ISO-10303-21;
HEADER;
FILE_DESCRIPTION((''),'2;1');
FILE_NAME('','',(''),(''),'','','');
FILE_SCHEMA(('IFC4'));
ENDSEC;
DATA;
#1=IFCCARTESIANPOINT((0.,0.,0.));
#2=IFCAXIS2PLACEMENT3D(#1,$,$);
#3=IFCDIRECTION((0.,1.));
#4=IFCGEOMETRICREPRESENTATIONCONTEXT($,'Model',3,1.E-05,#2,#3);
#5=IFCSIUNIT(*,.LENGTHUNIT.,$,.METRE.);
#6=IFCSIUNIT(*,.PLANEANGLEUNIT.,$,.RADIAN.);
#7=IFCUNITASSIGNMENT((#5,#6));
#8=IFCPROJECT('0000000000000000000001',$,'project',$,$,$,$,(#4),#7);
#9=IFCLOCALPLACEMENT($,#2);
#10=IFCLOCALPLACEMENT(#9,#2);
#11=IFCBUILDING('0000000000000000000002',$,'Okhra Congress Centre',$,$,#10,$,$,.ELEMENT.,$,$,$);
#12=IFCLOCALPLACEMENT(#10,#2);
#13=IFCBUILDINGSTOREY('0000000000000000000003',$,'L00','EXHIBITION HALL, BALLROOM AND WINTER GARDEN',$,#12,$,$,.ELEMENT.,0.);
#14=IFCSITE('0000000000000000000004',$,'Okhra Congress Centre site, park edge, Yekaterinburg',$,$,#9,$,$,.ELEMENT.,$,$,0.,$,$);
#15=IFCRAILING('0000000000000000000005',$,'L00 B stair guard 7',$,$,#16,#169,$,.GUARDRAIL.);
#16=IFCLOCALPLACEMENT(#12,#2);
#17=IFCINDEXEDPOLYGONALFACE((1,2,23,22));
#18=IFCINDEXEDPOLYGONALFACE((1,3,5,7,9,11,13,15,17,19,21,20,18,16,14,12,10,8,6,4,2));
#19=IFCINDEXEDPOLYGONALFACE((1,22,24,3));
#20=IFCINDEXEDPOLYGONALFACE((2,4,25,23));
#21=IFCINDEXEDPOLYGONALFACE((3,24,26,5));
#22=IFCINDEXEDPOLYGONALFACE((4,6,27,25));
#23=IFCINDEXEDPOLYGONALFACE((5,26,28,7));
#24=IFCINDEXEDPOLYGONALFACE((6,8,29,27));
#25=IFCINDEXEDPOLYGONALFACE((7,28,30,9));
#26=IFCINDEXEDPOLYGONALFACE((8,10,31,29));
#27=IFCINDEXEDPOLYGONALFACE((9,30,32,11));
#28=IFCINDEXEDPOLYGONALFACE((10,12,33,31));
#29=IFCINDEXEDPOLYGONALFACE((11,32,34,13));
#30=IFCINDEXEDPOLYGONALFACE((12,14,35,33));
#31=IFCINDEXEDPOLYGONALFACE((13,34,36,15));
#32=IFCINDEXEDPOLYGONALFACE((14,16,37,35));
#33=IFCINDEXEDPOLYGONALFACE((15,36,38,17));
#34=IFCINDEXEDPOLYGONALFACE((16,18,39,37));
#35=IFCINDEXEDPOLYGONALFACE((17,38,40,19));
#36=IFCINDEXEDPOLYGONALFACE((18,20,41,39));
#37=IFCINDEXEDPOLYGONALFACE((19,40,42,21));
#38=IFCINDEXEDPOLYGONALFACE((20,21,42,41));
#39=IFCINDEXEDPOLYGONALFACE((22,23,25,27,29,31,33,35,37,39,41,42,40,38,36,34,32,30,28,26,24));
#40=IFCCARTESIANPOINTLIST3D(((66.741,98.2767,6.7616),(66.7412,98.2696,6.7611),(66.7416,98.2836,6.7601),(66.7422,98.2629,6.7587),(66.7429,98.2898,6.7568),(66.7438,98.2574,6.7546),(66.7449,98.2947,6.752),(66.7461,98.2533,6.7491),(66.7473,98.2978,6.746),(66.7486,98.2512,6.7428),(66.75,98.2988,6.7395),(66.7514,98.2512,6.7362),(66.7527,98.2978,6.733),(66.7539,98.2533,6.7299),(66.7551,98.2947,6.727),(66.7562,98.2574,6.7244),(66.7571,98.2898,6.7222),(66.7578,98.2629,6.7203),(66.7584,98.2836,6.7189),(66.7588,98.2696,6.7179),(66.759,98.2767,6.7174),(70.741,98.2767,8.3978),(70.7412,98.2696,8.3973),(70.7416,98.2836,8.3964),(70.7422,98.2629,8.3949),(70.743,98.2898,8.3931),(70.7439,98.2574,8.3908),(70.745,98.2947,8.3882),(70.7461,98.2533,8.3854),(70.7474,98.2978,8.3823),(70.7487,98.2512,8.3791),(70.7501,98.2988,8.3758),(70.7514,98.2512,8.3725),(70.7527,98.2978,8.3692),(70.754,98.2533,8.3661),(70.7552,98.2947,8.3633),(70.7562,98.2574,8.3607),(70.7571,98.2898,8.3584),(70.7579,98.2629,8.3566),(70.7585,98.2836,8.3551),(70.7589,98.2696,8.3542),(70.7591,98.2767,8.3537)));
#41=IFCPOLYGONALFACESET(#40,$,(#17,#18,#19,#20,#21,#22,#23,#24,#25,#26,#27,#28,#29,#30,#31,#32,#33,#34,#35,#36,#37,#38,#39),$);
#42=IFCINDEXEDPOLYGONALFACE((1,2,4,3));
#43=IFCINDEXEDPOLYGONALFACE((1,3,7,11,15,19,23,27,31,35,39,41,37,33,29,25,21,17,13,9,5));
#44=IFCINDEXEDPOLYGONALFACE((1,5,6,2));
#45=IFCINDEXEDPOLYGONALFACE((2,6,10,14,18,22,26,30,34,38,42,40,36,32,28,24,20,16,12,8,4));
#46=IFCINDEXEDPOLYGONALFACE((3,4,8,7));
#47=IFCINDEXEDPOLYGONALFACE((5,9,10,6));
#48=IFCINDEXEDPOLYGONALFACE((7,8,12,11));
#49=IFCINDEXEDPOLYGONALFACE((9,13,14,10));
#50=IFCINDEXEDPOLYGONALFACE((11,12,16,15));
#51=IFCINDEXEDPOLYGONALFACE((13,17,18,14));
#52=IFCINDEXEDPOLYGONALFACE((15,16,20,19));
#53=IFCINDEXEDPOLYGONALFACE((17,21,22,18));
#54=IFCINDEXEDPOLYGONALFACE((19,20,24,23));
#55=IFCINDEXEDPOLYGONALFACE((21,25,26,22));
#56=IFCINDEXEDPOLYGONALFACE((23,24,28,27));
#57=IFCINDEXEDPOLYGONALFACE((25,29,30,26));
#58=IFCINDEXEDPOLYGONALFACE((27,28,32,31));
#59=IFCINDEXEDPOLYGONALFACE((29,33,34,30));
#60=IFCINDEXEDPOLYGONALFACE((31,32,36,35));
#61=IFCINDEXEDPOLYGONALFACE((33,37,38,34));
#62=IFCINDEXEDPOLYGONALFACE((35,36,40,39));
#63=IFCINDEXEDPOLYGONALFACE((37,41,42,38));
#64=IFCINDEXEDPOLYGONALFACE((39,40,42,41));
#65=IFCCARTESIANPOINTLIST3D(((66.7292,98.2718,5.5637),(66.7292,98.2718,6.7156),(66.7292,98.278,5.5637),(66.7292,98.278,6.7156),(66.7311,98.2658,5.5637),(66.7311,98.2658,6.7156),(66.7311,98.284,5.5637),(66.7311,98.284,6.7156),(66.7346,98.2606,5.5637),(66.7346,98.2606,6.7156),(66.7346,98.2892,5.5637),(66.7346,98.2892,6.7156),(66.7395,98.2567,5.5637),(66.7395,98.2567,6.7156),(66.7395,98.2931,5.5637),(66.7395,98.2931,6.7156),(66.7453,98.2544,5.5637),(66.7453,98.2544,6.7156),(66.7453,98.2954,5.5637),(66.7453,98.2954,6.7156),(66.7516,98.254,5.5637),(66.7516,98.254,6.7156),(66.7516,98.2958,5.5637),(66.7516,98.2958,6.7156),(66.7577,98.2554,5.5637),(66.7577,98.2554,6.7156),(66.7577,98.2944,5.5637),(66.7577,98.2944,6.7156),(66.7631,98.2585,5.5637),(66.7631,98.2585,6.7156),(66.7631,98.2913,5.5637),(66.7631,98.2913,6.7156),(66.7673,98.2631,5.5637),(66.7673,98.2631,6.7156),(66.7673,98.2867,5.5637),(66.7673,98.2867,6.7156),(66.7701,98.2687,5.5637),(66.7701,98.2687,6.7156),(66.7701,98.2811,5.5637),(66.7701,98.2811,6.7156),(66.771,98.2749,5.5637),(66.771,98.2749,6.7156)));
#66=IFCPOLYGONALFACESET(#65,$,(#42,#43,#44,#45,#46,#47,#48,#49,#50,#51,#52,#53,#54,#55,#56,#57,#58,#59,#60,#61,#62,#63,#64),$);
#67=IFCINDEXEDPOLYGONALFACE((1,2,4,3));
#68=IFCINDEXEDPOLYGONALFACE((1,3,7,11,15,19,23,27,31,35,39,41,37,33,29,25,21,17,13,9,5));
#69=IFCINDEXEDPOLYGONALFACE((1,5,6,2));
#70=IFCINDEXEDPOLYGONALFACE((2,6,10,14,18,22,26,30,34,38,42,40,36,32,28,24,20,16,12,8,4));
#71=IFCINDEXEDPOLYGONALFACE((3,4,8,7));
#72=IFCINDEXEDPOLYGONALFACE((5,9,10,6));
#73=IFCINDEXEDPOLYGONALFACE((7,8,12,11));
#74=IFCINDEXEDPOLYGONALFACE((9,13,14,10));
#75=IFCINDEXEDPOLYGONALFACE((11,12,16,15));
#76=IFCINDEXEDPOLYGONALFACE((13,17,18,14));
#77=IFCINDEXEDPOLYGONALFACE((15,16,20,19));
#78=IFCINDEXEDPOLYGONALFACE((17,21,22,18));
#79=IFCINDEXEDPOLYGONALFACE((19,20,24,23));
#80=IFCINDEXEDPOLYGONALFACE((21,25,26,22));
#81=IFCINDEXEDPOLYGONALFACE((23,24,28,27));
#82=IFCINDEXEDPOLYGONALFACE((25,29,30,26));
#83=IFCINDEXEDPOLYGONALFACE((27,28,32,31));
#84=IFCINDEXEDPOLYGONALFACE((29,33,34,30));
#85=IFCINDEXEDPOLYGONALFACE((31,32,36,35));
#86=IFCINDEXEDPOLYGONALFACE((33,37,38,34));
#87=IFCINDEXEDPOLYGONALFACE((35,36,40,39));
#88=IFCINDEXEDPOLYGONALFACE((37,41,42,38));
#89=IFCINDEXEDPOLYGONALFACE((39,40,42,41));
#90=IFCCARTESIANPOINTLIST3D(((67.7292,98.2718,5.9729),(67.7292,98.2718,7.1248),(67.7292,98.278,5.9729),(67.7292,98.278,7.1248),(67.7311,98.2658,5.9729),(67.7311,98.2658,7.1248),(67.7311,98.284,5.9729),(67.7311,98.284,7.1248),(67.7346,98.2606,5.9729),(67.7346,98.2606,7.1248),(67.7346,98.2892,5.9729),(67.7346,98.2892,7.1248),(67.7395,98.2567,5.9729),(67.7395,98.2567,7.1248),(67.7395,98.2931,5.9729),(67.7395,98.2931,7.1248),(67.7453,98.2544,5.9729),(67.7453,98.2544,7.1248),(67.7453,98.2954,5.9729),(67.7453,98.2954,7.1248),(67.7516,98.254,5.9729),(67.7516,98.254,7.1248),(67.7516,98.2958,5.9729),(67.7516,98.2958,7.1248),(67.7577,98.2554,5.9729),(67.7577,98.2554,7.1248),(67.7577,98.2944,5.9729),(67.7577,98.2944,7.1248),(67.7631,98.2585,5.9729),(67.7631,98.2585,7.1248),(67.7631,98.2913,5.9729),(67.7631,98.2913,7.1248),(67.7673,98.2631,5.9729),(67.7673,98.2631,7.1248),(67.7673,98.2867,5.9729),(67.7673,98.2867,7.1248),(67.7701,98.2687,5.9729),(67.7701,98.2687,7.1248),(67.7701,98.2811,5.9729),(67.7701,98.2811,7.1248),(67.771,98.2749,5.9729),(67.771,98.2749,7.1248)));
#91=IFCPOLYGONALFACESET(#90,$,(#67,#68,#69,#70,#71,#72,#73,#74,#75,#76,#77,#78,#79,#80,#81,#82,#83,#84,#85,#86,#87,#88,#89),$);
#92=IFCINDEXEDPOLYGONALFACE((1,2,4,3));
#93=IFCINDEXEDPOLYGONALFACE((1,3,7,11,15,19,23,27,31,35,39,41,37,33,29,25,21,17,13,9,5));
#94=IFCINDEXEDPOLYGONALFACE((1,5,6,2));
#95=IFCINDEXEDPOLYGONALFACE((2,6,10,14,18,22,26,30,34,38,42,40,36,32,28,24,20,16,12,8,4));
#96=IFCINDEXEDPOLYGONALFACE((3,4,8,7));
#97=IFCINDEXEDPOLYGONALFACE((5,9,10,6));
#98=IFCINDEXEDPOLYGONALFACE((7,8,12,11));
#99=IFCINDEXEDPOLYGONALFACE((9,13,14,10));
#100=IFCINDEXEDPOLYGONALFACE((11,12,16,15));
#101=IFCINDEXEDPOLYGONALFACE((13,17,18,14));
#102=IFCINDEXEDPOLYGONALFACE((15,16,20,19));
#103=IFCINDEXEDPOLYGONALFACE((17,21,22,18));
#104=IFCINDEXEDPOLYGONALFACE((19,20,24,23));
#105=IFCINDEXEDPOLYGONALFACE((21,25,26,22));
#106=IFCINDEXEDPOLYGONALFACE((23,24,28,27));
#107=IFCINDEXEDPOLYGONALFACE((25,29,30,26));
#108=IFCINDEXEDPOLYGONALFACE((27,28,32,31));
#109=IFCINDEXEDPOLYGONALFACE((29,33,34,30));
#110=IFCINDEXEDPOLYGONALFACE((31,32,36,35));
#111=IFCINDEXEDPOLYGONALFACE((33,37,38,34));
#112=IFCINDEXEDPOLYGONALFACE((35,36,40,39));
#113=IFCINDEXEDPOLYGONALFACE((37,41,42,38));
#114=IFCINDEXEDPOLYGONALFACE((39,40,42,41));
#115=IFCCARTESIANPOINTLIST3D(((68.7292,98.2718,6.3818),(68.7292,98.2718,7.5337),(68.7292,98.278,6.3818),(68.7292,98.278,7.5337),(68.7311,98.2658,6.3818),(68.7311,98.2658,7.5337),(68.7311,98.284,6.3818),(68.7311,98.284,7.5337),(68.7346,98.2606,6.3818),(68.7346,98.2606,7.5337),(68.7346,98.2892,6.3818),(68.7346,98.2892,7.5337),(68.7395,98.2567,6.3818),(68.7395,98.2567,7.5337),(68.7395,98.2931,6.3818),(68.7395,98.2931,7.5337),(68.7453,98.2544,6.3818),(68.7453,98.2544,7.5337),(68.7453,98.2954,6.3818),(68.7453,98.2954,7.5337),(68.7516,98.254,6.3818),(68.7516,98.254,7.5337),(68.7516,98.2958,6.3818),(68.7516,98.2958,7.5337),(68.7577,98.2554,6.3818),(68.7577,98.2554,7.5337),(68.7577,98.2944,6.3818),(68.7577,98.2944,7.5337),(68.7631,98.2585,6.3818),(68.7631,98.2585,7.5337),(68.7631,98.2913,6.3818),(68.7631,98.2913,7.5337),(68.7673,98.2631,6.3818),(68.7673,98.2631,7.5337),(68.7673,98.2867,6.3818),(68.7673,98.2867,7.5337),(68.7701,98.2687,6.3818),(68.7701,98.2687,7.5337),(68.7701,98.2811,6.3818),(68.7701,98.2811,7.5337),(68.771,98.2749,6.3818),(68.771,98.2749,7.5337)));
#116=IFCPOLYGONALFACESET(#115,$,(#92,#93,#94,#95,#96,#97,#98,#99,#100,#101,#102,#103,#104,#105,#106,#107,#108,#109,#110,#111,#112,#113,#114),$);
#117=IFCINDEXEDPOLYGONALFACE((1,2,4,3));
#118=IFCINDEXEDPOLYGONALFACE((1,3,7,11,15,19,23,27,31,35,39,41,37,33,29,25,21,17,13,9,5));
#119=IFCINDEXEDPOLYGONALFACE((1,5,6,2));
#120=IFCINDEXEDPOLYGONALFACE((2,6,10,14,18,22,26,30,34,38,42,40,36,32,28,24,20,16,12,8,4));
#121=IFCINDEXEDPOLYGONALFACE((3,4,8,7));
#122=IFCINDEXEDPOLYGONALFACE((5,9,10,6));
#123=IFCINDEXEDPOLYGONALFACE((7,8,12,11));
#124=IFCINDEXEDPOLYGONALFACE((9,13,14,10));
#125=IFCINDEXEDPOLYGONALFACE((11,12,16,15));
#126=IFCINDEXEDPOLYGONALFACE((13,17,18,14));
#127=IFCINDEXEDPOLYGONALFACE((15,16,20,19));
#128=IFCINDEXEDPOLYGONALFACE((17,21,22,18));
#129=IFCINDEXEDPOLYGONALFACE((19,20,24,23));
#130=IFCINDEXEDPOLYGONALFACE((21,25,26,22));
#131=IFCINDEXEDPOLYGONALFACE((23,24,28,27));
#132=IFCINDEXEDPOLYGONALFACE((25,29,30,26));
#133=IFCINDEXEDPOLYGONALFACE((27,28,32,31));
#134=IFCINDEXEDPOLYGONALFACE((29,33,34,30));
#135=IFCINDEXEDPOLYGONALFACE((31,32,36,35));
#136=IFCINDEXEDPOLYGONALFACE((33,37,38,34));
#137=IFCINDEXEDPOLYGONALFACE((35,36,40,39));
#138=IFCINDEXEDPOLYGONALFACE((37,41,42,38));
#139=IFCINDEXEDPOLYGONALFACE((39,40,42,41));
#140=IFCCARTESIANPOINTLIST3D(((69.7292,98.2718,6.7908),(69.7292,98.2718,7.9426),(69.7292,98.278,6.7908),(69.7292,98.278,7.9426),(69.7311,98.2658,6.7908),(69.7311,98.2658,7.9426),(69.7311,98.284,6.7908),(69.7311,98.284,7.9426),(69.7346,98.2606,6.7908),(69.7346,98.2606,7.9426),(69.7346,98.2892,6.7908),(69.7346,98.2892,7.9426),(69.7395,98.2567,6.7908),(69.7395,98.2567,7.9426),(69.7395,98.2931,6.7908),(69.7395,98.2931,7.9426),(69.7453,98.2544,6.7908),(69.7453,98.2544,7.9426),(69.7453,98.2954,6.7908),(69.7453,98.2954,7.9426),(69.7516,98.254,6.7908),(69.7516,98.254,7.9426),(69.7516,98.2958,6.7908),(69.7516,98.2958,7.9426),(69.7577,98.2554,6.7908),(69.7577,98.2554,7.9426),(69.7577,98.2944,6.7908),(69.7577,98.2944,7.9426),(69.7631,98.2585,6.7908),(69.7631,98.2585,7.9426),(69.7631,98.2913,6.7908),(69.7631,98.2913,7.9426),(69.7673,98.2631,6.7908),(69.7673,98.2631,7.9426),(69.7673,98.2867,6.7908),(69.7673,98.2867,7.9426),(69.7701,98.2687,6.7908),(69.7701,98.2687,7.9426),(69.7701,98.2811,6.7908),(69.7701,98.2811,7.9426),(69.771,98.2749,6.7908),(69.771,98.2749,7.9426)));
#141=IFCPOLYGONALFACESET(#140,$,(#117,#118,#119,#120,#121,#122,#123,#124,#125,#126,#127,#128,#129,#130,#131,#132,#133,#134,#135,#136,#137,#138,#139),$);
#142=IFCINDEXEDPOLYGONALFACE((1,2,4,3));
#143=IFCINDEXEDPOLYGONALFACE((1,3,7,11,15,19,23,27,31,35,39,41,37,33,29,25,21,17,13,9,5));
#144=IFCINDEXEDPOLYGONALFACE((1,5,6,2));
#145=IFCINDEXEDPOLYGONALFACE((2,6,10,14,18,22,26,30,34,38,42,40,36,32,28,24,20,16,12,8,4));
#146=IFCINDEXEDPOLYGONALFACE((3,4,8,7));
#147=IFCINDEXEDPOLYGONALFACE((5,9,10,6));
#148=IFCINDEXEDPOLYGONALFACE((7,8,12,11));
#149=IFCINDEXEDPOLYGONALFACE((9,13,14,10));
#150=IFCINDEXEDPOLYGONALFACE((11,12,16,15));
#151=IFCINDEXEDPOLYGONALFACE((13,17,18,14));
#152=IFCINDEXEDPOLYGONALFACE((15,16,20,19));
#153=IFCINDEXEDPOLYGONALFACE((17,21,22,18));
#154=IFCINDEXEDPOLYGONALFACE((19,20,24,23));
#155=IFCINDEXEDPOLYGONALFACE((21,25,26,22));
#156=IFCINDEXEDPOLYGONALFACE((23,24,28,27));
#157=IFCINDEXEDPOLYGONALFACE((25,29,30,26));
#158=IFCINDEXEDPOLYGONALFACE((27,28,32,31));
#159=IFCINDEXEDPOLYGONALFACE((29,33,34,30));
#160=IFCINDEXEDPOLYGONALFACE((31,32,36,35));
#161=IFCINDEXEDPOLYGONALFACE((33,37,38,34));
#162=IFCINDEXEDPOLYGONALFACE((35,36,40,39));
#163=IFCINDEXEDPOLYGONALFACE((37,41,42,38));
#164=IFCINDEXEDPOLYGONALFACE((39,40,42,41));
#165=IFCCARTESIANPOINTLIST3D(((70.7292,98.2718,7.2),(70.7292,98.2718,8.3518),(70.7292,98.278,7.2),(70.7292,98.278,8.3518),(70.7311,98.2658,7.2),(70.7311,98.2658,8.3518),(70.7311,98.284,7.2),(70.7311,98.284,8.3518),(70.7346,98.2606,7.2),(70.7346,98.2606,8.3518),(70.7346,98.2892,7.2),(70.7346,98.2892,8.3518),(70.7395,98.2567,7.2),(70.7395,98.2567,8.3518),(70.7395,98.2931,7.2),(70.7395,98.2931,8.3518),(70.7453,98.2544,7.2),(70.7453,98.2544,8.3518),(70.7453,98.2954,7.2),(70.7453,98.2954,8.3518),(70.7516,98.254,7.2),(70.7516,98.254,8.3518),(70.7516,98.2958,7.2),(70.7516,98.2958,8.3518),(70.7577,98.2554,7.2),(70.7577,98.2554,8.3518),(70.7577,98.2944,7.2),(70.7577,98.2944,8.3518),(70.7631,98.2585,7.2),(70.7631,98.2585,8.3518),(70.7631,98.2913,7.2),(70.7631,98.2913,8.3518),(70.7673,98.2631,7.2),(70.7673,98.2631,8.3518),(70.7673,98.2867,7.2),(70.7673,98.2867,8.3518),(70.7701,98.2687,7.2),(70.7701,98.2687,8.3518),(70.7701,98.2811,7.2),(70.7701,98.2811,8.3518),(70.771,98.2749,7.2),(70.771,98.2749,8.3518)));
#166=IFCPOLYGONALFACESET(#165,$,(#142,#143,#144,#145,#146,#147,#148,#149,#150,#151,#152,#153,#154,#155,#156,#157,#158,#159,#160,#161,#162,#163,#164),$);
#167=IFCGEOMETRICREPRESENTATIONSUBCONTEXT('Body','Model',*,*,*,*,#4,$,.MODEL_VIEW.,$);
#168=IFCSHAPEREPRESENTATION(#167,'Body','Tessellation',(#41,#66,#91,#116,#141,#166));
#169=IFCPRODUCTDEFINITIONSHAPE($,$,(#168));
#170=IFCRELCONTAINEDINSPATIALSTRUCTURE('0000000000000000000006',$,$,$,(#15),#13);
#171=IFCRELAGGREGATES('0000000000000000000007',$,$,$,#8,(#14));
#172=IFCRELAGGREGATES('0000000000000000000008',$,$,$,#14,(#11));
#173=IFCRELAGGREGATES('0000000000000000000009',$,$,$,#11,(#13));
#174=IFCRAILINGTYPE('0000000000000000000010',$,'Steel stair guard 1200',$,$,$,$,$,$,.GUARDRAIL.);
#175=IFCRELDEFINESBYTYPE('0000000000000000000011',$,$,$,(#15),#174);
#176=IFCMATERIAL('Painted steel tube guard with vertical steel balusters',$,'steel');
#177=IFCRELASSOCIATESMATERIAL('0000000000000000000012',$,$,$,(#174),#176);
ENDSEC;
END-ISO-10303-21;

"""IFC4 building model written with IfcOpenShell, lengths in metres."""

from ifc_helpers import new_model, si_unit, direction, frame, origin, origin_2d, place, context, subcontext, project, spatial, circle, extrude, material, type_object, element, save


model = new_model("IFC4")

# Units and contexts
model_context = context("Model", 3, precision=1e-05, world=origin(), true_north=direction((0.0, 1.0)))
body_context = subcontext(model_context, "Body", "Model", "MODEL_VIEW")
ifc_project = project(units=[si_unit("LENGTHUNIT", "METRE"), si_unit("PLANEANGLEUNIT", "RADIAN")], contexts=[model_context])

# Site, building, storey
site_placement = place(None, origin())
site = spatial("IfcSite", under=ifc_project, at=site_placement, Name="Okhra Congress Centre site, park edge, Yekaterinburg", CompositionType="ELEMENT", RefElevation=0.0)
building_placement = place(site_placement, origin())
building = spatial("IfcBuilding", under=site, at=building_placement, Name="Okhra Congress Centre", CompositionType="ELEMENT")
storey_placement = place(building_placement, origin())
storey = spatial("IfcBuildingStorey", under=building, at=storey_placement, Name="L00", Description="EXHIBITION HALL, BALLROOM AND WINTER GARDEN", CompositionType="ELEMENT", Elevation=0.0)

# Railing
ifc_material_1 = material(Name="Painted steel tube guard with vertical steel balusters", Category="steel")
railing_type_1 = type_object("IfcRailingType", Name="Steel stair guard 1200", PredefinedType="GUARDRAIL", material=ifc_material_1)
railing_1_placement = place(storey_placement, frame((66.75, 98.2749, 5.5637)))
element("IfcRailing", 1, at=railing_1_placement, inside=storey, type_object=railing_type_1, Name="L00 B stair guard 7", PredefinedType="GUARDRAIL", context=body_context, shape_type="SweptSolid", body=[
    extrude(circle(Radius=0.0239, at=origin_2d()), frame((0.0, 0.0, 1.1758), z_axis=(0.925558, 0.0, 0.378606), x_axis=(0.0, 1.0, 0.0)), (0.0, 0.0, 1.0), 4.3218),
    extrude(circle(Radius=0.021, at=origin_2d()), origin(), (0.0, 0.0, 1.0), 1.1519),
    extrude(circle(Radius=0.021, at=origin_2d()), frame((1.0, 0.0, 0.4092)), (0.0, 0.0, 1.0), 1.1519),
    extrude(circle(Radius=0.021, at=origin_2d()), frame((2.0, 0.0, 0.8181)), (0.0, 0.0, 1.0), 1.1519),
    extrude(circle(Radius=0.021, at=origin_2d()), frame((3.0, 0.0, 1.2271)), (0.0, 0.0, 1.0), 1.1519),
    extrude(circle(Radius=0.021, at=origin_2d()), frame((4.0, 0.0, 1.6362)), (0.0, 0.0, 1.0), 1.1519),
])

save(model, "model.ifc")
